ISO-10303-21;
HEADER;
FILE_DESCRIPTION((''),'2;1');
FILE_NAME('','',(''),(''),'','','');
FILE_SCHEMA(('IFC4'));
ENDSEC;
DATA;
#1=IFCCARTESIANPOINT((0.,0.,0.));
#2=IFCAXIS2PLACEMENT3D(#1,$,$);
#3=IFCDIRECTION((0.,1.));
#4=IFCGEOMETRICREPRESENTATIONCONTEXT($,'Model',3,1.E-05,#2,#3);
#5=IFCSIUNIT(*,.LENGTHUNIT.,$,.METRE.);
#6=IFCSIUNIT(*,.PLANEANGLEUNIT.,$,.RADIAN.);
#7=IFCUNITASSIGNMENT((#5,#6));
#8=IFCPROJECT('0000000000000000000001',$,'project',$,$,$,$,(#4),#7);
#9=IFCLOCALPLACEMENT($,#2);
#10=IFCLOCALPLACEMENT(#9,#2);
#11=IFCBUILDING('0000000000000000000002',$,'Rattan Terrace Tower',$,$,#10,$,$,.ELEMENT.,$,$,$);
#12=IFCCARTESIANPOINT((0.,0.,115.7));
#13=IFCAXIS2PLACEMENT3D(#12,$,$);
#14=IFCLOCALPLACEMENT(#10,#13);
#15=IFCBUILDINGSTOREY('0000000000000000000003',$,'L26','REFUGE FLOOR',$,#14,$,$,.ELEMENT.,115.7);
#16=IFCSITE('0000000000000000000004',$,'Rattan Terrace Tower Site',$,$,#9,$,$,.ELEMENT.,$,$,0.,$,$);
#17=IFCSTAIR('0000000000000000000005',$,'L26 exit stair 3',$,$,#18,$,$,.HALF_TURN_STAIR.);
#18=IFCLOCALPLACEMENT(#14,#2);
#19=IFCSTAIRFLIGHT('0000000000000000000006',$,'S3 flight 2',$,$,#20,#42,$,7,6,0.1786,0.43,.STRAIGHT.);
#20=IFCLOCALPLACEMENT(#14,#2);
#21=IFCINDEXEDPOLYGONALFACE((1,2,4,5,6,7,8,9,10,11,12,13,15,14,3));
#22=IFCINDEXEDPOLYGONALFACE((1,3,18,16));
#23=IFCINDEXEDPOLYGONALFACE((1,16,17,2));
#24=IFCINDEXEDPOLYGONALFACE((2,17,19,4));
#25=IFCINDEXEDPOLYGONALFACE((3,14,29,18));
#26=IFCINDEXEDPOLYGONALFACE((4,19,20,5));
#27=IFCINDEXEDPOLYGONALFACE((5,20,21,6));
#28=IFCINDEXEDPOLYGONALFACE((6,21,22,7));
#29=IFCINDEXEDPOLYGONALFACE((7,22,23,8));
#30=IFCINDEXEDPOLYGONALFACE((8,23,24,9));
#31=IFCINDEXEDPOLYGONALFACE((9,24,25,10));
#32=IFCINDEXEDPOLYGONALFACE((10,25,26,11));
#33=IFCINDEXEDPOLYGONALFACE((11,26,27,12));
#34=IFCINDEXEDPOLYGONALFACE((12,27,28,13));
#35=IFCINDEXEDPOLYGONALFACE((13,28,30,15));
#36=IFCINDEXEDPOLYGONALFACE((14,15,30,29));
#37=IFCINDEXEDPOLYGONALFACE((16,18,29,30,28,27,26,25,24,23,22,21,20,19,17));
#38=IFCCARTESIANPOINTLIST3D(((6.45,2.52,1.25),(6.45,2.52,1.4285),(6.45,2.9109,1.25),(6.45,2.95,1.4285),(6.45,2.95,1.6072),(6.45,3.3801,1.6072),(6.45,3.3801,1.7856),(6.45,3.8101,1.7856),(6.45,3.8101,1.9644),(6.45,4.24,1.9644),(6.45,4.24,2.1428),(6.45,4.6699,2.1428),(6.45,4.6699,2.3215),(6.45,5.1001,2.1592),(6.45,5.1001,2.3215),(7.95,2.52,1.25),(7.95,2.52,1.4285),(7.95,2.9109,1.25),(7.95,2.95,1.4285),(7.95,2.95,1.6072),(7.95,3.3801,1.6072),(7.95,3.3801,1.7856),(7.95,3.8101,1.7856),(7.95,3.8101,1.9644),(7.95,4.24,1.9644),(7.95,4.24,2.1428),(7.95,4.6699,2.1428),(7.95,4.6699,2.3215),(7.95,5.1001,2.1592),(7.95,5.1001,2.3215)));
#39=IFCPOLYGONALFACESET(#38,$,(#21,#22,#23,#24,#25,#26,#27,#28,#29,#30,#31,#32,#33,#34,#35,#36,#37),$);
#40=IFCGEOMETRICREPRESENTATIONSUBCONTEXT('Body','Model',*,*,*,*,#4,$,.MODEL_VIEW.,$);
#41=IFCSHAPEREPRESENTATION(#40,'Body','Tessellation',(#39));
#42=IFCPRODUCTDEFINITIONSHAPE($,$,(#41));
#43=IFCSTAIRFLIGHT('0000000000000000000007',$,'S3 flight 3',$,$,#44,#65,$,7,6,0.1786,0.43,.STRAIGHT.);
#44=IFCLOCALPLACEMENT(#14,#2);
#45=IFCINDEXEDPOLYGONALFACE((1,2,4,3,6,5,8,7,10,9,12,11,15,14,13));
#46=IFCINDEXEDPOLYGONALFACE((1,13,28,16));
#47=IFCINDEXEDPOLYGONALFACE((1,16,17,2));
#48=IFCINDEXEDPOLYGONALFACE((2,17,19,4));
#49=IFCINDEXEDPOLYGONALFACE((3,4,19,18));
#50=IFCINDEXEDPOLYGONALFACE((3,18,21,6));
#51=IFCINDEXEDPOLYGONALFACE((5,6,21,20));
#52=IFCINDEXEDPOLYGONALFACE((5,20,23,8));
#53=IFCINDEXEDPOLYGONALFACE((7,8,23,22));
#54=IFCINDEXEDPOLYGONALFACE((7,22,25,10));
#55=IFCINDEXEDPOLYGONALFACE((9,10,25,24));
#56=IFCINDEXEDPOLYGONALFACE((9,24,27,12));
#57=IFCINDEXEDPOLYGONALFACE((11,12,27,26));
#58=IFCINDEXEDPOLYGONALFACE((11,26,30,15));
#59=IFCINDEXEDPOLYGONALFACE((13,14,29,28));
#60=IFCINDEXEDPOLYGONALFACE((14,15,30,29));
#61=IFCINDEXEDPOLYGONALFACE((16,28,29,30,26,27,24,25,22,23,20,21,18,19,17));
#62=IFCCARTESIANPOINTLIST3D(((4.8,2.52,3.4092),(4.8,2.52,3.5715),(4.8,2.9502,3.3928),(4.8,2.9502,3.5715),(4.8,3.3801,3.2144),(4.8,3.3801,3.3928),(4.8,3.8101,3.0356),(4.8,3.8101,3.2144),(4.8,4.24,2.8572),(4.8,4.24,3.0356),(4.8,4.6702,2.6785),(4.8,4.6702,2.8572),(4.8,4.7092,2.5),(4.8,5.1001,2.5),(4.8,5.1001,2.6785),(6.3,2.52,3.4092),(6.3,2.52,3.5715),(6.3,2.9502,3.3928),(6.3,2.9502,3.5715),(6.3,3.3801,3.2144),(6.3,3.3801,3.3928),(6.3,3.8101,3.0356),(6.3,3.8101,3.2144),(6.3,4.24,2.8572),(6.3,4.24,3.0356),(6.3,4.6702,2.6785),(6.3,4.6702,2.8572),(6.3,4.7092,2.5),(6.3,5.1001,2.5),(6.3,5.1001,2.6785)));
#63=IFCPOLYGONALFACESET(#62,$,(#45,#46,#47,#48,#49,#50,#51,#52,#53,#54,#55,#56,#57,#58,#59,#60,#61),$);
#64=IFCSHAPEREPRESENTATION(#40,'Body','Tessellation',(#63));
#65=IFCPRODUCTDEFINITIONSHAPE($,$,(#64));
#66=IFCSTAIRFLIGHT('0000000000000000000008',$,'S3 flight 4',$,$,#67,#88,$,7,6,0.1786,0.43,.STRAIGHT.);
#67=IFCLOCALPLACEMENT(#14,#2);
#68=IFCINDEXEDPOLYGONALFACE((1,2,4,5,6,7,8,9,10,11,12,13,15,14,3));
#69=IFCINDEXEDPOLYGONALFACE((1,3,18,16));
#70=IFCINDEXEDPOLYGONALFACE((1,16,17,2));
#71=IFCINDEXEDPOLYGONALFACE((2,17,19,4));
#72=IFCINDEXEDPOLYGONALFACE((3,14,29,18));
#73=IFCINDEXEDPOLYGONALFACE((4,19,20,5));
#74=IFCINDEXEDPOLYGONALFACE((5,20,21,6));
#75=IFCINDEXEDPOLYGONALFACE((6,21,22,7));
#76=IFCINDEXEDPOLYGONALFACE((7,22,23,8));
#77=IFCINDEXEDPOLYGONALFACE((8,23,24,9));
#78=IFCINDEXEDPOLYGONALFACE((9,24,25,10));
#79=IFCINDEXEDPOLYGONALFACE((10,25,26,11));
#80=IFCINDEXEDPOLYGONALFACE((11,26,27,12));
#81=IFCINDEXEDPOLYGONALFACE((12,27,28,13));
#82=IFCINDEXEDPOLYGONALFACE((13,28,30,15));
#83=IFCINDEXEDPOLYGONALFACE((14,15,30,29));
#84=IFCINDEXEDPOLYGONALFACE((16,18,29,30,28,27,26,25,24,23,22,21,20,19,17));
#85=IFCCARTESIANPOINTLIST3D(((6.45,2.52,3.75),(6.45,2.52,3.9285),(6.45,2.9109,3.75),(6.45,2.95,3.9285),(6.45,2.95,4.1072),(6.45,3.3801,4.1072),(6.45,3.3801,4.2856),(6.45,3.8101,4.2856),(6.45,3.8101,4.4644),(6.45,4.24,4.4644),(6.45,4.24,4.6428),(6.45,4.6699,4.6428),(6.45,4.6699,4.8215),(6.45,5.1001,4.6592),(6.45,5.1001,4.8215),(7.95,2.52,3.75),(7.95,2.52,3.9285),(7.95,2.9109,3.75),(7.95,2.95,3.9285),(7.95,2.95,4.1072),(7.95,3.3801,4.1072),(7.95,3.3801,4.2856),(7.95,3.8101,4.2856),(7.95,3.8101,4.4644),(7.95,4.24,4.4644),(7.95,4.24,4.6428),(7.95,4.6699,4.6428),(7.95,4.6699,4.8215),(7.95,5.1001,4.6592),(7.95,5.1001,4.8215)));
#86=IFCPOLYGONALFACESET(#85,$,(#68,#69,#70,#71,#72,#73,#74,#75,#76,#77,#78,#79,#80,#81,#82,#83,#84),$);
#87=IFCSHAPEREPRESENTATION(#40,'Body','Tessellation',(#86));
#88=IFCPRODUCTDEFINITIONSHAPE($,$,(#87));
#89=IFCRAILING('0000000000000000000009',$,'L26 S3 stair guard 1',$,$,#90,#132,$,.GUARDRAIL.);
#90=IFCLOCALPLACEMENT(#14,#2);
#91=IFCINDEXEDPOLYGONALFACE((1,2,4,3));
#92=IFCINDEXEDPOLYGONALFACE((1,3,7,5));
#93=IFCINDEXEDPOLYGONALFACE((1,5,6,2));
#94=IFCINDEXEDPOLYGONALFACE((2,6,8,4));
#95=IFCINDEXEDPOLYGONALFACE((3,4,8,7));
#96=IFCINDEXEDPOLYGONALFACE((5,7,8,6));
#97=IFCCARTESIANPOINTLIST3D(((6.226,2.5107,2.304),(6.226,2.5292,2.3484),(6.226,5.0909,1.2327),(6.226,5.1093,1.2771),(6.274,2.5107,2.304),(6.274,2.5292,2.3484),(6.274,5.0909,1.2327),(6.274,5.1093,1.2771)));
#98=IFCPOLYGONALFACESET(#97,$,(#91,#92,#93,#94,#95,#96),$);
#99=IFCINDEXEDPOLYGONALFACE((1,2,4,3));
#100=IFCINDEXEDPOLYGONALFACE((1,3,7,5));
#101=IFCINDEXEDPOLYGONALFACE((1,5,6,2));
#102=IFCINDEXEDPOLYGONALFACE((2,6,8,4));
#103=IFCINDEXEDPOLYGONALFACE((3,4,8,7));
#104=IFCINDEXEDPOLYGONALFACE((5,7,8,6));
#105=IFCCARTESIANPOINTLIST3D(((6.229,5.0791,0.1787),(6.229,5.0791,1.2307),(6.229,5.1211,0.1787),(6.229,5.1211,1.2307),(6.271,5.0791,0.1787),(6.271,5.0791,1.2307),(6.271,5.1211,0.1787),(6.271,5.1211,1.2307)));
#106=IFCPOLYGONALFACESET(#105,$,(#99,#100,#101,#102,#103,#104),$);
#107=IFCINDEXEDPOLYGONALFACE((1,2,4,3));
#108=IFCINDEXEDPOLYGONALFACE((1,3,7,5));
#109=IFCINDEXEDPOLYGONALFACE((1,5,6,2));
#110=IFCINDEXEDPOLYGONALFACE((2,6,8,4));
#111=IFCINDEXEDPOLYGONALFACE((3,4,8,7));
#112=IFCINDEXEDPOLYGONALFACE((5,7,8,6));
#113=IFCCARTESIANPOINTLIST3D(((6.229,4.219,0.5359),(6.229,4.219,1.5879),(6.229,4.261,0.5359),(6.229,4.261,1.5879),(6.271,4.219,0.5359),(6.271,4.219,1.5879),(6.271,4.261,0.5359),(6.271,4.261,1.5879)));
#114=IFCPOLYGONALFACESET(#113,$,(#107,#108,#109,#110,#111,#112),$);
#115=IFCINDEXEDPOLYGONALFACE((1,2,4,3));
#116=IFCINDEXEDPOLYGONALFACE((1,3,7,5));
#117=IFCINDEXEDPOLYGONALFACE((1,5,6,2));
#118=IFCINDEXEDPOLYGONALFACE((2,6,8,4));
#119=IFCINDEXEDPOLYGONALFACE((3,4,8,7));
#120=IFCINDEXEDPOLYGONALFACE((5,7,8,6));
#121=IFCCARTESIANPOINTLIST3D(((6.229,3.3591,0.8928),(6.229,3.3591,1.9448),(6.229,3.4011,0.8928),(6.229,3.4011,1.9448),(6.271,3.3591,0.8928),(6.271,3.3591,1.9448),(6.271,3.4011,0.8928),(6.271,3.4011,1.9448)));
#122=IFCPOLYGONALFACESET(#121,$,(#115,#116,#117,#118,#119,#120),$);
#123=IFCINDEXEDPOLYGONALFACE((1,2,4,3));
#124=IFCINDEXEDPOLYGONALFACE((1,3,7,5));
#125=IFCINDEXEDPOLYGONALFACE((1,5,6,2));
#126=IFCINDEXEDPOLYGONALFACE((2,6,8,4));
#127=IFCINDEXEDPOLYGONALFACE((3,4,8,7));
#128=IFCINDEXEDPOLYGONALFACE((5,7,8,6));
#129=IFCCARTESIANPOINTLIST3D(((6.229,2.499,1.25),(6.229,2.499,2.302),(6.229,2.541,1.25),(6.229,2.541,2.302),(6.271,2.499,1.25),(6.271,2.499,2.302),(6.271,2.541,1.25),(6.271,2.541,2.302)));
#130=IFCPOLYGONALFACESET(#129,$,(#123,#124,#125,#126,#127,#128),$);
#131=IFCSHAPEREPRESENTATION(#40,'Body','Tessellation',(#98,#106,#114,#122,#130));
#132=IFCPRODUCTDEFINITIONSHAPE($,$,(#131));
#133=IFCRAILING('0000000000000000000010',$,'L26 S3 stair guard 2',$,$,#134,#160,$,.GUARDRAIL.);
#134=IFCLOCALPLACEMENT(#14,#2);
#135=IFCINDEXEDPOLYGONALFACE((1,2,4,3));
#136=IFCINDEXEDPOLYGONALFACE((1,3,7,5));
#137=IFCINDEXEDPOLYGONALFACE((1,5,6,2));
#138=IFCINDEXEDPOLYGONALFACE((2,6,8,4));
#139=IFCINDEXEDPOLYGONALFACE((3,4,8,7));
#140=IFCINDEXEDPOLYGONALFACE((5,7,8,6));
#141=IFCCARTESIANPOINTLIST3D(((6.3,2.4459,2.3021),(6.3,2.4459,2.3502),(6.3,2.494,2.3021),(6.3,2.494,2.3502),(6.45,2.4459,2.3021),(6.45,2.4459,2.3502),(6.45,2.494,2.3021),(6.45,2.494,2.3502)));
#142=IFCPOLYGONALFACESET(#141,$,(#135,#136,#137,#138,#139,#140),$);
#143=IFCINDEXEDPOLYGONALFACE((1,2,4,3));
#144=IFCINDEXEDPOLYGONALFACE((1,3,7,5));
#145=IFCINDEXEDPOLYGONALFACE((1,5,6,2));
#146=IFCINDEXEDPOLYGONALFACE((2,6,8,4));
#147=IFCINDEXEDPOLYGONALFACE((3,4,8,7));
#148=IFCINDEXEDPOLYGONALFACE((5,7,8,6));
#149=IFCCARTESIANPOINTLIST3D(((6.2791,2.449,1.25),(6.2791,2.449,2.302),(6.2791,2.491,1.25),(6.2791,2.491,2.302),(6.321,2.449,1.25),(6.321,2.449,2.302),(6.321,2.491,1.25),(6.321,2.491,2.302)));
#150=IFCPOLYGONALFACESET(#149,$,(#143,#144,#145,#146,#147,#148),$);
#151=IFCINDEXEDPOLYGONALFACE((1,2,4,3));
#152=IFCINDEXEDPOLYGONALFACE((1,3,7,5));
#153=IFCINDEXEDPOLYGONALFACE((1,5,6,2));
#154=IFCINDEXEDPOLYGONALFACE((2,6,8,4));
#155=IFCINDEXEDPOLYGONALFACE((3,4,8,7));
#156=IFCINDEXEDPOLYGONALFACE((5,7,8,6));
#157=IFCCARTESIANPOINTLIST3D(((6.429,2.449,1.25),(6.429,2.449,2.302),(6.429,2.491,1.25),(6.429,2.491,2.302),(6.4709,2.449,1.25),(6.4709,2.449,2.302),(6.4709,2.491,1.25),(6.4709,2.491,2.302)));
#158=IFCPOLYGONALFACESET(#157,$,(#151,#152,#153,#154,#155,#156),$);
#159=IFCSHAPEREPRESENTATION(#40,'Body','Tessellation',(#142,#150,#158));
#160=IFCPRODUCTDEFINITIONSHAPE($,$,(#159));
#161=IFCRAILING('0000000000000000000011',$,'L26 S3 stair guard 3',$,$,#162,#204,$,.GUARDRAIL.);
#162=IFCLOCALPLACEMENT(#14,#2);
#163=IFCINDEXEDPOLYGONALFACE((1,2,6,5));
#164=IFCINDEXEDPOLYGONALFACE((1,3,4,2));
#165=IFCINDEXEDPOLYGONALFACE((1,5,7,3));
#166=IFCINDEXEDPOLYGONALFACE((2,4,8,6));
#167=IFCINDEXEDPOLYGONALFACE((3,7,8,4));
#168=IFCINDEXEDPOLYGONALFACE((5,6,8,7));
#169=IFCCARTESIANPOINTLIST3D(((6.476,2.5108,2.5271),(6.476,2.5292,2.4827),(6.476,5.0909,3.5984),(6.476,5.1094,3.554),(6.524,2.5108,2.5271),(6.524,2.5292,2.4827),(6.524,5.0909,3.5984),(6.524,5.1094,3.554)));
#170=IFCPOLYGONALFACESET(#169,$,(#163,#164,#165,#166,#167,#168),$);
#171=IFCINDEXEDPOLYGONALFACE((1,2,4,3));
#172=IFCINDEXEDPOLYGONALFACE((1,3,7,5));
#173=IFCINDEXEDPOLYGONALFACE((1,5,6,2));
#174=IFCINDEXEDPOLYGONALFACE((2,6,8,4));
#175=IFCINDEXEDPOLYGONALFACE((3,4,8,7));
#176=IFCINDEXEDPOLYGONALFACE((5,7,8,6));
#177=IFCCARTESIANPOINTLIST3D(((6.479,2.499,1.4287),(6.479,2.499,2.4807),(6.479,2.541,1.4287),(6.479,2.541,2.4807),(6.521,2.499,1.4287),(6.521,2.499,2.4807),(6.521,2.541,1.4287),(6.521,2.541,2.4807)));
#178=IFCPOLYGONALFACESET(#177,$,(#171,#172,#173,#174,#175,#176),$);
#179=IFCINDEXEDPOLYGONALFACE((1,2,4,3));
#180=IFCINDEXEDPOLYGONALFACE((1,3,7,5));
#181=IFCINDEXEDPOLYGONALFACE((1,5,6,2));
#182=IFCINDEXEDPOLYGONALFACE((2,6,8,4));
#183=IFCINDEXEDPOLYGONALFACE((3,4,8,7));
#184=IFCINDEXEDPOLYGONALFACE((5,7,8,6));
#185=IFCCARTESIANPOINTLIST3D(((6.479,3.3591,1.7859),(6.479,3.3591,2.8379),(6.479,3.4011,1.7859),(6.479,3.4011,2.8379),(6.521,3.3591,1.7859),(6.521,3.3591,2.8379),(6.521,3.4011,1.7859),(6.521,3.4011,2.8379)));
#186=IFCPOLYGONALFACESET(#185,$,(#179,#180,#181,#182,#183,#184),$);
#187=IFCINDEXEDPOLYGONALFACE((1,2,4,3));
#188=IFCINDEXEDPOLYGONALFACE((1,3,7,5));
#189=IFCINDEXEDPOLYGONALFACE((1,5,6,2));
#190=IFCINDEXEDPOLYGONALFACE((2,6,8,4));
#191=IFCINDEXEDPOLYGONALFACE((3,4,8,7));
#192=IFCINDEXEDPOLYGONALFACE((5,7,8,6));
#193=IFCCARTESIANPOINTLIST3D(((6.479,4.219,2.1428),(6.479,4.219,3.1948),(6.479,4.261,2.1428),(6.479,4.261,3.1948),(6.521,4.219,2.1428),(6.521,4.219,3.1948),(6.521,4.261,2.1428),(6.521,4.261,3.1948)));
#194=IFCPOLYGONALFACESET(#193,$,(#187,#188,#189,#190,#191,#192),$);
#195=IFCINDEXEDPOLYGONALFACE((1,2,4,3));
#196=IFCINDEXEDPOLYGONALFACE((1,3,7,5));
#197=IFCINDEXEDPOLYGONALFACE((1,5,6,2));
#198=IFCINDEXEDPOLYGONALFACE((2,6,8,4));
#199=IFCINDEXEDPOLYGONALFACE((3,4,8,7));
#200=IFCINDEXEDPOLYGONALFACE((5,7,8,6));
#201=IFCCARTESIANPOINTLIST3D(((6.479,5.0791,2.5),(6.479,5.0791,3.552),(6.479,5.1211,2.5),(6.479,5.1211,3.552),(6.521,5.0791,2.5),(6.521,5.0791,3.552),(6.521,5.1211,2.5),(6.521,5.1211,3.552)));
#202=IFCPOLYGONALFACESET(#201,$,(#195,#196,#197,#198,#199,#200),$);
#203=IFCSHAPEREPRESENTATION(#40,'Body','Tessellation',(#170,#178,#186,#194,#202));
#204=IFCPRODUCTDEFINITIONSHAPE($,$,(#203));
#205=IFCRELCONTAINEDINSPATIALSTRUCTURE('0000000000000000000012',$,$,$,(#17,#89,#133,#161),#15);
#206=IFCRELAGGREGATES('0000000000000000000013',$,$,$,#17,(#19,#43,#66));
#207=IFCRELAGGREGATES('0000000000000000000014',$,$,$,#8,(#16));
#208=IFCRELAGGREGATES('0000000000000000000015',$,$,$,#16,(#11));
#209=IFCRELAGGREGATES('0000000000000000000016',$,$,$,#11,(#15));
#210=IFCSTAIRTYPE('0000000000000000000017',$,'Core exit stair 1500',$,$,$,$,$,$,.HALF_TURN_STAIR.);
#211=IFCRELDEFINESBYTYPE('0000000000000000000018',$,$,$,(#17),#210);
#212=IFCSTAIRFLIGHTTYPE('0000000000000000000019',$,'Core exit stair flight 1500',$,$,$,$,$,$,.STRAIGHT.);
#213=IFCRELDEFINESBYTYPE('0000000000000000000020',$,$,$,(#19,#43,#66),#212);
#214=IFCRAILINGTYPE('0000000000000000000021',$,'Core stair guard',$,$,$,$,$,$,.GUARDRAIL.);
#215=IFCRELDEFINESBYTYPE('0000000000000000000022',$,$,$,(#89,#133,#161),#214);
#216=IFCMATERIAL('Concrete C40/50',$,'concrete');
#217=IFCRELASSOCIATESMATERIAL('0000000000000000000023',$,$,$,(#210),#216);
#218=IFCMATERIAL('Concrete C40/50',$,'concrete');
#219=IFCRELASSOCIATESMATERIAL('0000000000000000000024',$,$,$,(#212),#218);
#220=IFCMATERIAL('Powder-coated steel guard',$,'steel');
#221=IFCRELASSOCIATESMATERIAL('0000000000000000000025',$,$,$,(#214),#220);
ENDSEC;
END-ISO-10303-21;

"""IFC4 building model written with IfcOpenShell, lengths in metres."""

from ifc_helpers import new_model, si_unit, direction, frame, origin, origin_2d, place, context, subcontext, project, spatial, polyline, rectangle, outline, extrude, material, type_object, element, aggregate, save


model = new_model("IFC4")

# Units and contexts
model_context = context("Model", 3, precision=1e-05, world=origin(), true_north=direction((0.0, 1.0)))
body_context = subcontext(model_context, "Body", "Model", "MODEL_VIEW")
ifc_project = project(units=[si_unit("LENGTHUNIT", "METRE"), si_unit("PLANEANGLEUNIT", "RADIAN")], contexts=[model_context])

# Site, building, storey
site_placement = place(None, origin())
site = spatial("IfcSite", under=ifc_project, at=site_placement, Name="Rattan Terrace Tower Site", CompositionType="ELEMENT", RefElevation=0.0)
building_placement = place(site_placement, origin())
building = spatial("IfcBuilding", under=site, at=building_placement, Name="Rattan Terrace Tower", CompositionType="ELEMENT")
storey_placement = place(building_placement, frame((0.0, 0.0, 115.7)))
storey = spatial("IfcBuildingStorey", under=building, at=storey_placement, Name="L26", Description="REFUGE FLOOR", CompositionType="ELEMENT", Elevation=115.7)

# Stair, stair flights
ifc_material_1 = material(Name="Concrete C40/50", Category="concrete")
stair_type = type_object("IfcStairType", Name="Core exit stair 1500", PredefinedType="HALF_TURN_STAIR", material=ifc_material_1)
stair_placement = place(storey_placement, origin())
stair = element("IfcStair", 1, at=stair_placement, inside=storey, type_object=stair_type, Name="L26 exit stair 3", PredefinedType="HALF_TURN_STAIR")
ifc_material_2 = material(Name="Concrete C40/50", Category="concrete")
stair_flight_type = type_object("IfcStairFlightType", Name="Core exit stair flight 1500", PredefinedType="STRAIGHT", material=ifc_material_2)
stair_flight_1_placement = place(storey_placement, frame((7.2, 2.52, 1.25), z_axis=(0.0, 0.0, 1.0), x_axis=(0.0, 1.0, 0.0)))
stair_flight_1 = element("IfcStairFlight", 2, at=stair_flight_1_placement, type_object=stair_flight_type, Name="S3 flight 2", NumberOfRisers=7, NumberOfTreads=6, PredefinedType="STRAIGHT", RiserHeight=0.1786, TreadLength=0.43, context=body_context, shape_type="SweptSolid", body=[
    extrude(outline(polyline([(0.0, 0.0), (0.0, 0.1785), (0.4299, 0.1785), (0.4299, 0.3572), (0.8601, 0.3572), (0.8601, 0.5356), (1.29, 0.5356), (1.29, 0.7144), (1.72, 0.7144), (1.72, 0.8928), (2.1499, 0.8928), (2.1499, 1.0715), (2.5801, 1.0715), (2.5801, 1.25), (2.5801, 0.9092), (0.3909, 0.0), (0.0, 0.0)])), frame((0.0, 0.75, 0.0), z_axis=(0.0, -1.0, 0.0), x_axis=(1.0, 0.0, 0.0)), (0.0, 0.0, 1.0), 1.5),
])
stair_flight_2_placement = place(storey_placement, frame((5.55, 5.1001, 2.5), z_axis=(0.0, 0.0, 1.0), x_axis=(0.0, -1.0, 0.0)))
stair_flight_2 = element("IfcStairFlight", 3, at=stair_flight_2_placement, type_object=stair_flight_type, Name="S3 flight 3", NumberOfRisers=7, NumberOfTreads=6, PredefinedType="STRAIGHT", RiserHeight=0.1786, TreadLength=0.43, context=body_context, shape_type="SweptSolid", body=[
    extrude(outline(polyline([(0.0, 0.0), (0.0, 0.1785), (0.4299, 0.1785), (0.4299, 0.3572), (0.8601, 0.3572), (0.8601, 0.5356), (1.29, 0.5356), (1.29, 0.7144), (1.72, 0.7144), (1.72, 0.8928), (2.1499, 0.8928), (2.1499, 1.0715), (2.5801, 1.0715), (2.5801, 1.25), (2.5801, 0.9092), (0.3909, 0.0), (0.0, 0.0)])), frame((0.0, 0.75, 0.0), z_axis=(0.0, -1.0, 0.0), x_axis=(1.0, 0.0, 0.0)), (0.0, 0.0, 1.0), 1.5),
])
stair_flight_3_placement = place(storey_placement, frame((7.2, 2.52, 3.75), z_axis=(0.0, 0.0, 1.0), x_axis=(0.0, 1.0, 0.0)))
stair_flight_3 = element("IfcStairFlight", 4, at=stair_flight_3_placement, type_object=stair_flight_type, Name="S3 flight 4", NumberOfRisers=7, NumberOfTreads=6, PredefinedType="STRAIGHT", RiserHeight=0.1786, TreadLength=0.43, context=body_context, shape_type="SweptSolid", body=[
    extrude(outline(polyline([(0.0, 0.0), (0.0, 0.1785), (0.4299, 0.1785), (0.4299, 0.3572), (0.8601, 0.3572), (0.8601, 0.5356), (1.29, 0.5356), (1.29, 0.7144), (1.72, 0.7144), (1.72, 0.8928), (2.1499, 0.8928), (2.1499, 1.0715), (2.5801, 1.0715), (2.5801, 1.25), (2.5801, 0.9092), (0.3909, 0.0), (0.0, 0.0)])), frame((0.0, 0.75, 0.0), z_axis=(0.0, -1.0, 0.0), x_axis=(1.0, 0.0, 0.0)), (0.0, 0.0, 1.0), 1.5),
])
aggregate(stair, [stair_flight_1, stair_flight_2, stair_flight_3])

# Railings
ifc_material_3 = material(Name="Powder-coated steel guard", Category="steel")
railing_type_1 = type_object("IfcRailingType", Name="Core stair guard", PredefinedType="GUARDRAIL", material=ifc_material_3)
railing_1_placement = place(storey_placement, frame((6.25, 5.1001, 0.1787)))
element("IfcRailing", 5, at=railing_1_placement, inside=storey, type_object=railing_type_1, Name="L26 S3 stair guard 1", PredefinedType="GUARDRAIL", context=body_context, shape_type="SweptSolid", body=[
    extrude(rectangle(XDim=0.0481, YDim=0.0481, at=origin_2d()), frame((0.0, 0.0, 1.0762), z_axis=(0.0, -0.923552, 0.383473), x_axis=(1.0, 0.0, 0.0)), (0.0, 0.0, 1.0), 2.7937),
    extrude(rectangle(XDim=0.042, YDim=0.042, at=origin_2d()), origin(), (0.0, 0.0, 1.0), 1.052),
    extrude(rectangle(XDim=0.042, YDim=0.042, at=origin_2d()), frame((0.0, -0.8601, 0.3572)), (0.0, 0.0, 1.0), 1.052),
    extrude(rectangle(XDim=0.042, YDim=0.042, at=origin_2d()), frame((0.0, -1.72, 0.7141)), (0.0, 0.0, 1.0), 1.052),
    extrude(rectangle(XDim=0.042, YDim=0.042, at=origin_2d()), frame((0.0, -2.5801, 1.0713)), (0.0, 0.0, 1.0), 1.052),
])
railing_2_placement = place(storey_placement, frame((6.3, 2.47, 1.25)))
element("IfcRailing", 6, at=railing_2_placement, inside=storey, type_object=railing_type_1, Name="L26 S3 stair guard 2", PredefinedType="GUARDRAIL", context=body_context, shape_type="SweptSolid", body=[
    extrude(rectangle(XDim=0.0481, YDim=0.0481, at=origin_2d()), frame((0.0, 0.0, 1.0762), z_axis=(1.0, 0.0, 0.0), x_axis=(0.0, 1.0, 0.0)), (0.0, 0.0, 1.0), 0.1499),
    extrude(rectangle(XDim=0.042, YDim=0.042, at=origin_2d()), origin(), (0.0, 0.0, 1.0), 1.052),
    extrude(rectangle(XDim=0.042, YDim=0.042, at=origin_2d()), frame((0.1499, 0.0, 0.0)), (0.0, 0.0, 1.0), 1.052),
])
railing_3_placement = place(storey_placement, frame((6.5, 2.52, 1.4287)))
element("IfcRailing", 7, at=railing_3_placement, inside=storey, type_object=railing_type_1, Name="L26 S3 stair guard 3", PredefinedType="GUARDRAIL", context=body_context, shape_type="SweptSolid", body=[
    extrude(rectangle(XDim=0.0481, YDim=0.0481, at=origin_2d()), frame((0.0, 0.0, 1.0762), z_axis=(0.0, 0.923552, 0.383473), x_axis=(-1.0, 0.0, 0.0)), (0.0, 0.0, 1.0), 2.7937),
    extrude(rectangle(XDim=0.042, YDim=0.042, at=origin_2d()), origin(), (0.0, 0.0, 1.0), 1.052),
    extrude(rectangle(XDim=0.042, YDim=0.042, at=origin_2d()), frame((0.0, 0.8601, 0.3572)), (0.0, 0.0, 1.0), 1.052),
    extrude(rectangle(XDim=0.042, YDim=0.042, at=origin_2d()), frame((0.0, 1.72, 0.7141)), (0.0, 0.0, 1.0), 1.052),
    extrude(rectangle(XDim=0.042, YDim=0.042, at=origin_2d()), frame((0.0, 2.5801, 1.0713)), (0.0, 0.0, 1.0), 1.052),
])

save(model, "model.ifc")
